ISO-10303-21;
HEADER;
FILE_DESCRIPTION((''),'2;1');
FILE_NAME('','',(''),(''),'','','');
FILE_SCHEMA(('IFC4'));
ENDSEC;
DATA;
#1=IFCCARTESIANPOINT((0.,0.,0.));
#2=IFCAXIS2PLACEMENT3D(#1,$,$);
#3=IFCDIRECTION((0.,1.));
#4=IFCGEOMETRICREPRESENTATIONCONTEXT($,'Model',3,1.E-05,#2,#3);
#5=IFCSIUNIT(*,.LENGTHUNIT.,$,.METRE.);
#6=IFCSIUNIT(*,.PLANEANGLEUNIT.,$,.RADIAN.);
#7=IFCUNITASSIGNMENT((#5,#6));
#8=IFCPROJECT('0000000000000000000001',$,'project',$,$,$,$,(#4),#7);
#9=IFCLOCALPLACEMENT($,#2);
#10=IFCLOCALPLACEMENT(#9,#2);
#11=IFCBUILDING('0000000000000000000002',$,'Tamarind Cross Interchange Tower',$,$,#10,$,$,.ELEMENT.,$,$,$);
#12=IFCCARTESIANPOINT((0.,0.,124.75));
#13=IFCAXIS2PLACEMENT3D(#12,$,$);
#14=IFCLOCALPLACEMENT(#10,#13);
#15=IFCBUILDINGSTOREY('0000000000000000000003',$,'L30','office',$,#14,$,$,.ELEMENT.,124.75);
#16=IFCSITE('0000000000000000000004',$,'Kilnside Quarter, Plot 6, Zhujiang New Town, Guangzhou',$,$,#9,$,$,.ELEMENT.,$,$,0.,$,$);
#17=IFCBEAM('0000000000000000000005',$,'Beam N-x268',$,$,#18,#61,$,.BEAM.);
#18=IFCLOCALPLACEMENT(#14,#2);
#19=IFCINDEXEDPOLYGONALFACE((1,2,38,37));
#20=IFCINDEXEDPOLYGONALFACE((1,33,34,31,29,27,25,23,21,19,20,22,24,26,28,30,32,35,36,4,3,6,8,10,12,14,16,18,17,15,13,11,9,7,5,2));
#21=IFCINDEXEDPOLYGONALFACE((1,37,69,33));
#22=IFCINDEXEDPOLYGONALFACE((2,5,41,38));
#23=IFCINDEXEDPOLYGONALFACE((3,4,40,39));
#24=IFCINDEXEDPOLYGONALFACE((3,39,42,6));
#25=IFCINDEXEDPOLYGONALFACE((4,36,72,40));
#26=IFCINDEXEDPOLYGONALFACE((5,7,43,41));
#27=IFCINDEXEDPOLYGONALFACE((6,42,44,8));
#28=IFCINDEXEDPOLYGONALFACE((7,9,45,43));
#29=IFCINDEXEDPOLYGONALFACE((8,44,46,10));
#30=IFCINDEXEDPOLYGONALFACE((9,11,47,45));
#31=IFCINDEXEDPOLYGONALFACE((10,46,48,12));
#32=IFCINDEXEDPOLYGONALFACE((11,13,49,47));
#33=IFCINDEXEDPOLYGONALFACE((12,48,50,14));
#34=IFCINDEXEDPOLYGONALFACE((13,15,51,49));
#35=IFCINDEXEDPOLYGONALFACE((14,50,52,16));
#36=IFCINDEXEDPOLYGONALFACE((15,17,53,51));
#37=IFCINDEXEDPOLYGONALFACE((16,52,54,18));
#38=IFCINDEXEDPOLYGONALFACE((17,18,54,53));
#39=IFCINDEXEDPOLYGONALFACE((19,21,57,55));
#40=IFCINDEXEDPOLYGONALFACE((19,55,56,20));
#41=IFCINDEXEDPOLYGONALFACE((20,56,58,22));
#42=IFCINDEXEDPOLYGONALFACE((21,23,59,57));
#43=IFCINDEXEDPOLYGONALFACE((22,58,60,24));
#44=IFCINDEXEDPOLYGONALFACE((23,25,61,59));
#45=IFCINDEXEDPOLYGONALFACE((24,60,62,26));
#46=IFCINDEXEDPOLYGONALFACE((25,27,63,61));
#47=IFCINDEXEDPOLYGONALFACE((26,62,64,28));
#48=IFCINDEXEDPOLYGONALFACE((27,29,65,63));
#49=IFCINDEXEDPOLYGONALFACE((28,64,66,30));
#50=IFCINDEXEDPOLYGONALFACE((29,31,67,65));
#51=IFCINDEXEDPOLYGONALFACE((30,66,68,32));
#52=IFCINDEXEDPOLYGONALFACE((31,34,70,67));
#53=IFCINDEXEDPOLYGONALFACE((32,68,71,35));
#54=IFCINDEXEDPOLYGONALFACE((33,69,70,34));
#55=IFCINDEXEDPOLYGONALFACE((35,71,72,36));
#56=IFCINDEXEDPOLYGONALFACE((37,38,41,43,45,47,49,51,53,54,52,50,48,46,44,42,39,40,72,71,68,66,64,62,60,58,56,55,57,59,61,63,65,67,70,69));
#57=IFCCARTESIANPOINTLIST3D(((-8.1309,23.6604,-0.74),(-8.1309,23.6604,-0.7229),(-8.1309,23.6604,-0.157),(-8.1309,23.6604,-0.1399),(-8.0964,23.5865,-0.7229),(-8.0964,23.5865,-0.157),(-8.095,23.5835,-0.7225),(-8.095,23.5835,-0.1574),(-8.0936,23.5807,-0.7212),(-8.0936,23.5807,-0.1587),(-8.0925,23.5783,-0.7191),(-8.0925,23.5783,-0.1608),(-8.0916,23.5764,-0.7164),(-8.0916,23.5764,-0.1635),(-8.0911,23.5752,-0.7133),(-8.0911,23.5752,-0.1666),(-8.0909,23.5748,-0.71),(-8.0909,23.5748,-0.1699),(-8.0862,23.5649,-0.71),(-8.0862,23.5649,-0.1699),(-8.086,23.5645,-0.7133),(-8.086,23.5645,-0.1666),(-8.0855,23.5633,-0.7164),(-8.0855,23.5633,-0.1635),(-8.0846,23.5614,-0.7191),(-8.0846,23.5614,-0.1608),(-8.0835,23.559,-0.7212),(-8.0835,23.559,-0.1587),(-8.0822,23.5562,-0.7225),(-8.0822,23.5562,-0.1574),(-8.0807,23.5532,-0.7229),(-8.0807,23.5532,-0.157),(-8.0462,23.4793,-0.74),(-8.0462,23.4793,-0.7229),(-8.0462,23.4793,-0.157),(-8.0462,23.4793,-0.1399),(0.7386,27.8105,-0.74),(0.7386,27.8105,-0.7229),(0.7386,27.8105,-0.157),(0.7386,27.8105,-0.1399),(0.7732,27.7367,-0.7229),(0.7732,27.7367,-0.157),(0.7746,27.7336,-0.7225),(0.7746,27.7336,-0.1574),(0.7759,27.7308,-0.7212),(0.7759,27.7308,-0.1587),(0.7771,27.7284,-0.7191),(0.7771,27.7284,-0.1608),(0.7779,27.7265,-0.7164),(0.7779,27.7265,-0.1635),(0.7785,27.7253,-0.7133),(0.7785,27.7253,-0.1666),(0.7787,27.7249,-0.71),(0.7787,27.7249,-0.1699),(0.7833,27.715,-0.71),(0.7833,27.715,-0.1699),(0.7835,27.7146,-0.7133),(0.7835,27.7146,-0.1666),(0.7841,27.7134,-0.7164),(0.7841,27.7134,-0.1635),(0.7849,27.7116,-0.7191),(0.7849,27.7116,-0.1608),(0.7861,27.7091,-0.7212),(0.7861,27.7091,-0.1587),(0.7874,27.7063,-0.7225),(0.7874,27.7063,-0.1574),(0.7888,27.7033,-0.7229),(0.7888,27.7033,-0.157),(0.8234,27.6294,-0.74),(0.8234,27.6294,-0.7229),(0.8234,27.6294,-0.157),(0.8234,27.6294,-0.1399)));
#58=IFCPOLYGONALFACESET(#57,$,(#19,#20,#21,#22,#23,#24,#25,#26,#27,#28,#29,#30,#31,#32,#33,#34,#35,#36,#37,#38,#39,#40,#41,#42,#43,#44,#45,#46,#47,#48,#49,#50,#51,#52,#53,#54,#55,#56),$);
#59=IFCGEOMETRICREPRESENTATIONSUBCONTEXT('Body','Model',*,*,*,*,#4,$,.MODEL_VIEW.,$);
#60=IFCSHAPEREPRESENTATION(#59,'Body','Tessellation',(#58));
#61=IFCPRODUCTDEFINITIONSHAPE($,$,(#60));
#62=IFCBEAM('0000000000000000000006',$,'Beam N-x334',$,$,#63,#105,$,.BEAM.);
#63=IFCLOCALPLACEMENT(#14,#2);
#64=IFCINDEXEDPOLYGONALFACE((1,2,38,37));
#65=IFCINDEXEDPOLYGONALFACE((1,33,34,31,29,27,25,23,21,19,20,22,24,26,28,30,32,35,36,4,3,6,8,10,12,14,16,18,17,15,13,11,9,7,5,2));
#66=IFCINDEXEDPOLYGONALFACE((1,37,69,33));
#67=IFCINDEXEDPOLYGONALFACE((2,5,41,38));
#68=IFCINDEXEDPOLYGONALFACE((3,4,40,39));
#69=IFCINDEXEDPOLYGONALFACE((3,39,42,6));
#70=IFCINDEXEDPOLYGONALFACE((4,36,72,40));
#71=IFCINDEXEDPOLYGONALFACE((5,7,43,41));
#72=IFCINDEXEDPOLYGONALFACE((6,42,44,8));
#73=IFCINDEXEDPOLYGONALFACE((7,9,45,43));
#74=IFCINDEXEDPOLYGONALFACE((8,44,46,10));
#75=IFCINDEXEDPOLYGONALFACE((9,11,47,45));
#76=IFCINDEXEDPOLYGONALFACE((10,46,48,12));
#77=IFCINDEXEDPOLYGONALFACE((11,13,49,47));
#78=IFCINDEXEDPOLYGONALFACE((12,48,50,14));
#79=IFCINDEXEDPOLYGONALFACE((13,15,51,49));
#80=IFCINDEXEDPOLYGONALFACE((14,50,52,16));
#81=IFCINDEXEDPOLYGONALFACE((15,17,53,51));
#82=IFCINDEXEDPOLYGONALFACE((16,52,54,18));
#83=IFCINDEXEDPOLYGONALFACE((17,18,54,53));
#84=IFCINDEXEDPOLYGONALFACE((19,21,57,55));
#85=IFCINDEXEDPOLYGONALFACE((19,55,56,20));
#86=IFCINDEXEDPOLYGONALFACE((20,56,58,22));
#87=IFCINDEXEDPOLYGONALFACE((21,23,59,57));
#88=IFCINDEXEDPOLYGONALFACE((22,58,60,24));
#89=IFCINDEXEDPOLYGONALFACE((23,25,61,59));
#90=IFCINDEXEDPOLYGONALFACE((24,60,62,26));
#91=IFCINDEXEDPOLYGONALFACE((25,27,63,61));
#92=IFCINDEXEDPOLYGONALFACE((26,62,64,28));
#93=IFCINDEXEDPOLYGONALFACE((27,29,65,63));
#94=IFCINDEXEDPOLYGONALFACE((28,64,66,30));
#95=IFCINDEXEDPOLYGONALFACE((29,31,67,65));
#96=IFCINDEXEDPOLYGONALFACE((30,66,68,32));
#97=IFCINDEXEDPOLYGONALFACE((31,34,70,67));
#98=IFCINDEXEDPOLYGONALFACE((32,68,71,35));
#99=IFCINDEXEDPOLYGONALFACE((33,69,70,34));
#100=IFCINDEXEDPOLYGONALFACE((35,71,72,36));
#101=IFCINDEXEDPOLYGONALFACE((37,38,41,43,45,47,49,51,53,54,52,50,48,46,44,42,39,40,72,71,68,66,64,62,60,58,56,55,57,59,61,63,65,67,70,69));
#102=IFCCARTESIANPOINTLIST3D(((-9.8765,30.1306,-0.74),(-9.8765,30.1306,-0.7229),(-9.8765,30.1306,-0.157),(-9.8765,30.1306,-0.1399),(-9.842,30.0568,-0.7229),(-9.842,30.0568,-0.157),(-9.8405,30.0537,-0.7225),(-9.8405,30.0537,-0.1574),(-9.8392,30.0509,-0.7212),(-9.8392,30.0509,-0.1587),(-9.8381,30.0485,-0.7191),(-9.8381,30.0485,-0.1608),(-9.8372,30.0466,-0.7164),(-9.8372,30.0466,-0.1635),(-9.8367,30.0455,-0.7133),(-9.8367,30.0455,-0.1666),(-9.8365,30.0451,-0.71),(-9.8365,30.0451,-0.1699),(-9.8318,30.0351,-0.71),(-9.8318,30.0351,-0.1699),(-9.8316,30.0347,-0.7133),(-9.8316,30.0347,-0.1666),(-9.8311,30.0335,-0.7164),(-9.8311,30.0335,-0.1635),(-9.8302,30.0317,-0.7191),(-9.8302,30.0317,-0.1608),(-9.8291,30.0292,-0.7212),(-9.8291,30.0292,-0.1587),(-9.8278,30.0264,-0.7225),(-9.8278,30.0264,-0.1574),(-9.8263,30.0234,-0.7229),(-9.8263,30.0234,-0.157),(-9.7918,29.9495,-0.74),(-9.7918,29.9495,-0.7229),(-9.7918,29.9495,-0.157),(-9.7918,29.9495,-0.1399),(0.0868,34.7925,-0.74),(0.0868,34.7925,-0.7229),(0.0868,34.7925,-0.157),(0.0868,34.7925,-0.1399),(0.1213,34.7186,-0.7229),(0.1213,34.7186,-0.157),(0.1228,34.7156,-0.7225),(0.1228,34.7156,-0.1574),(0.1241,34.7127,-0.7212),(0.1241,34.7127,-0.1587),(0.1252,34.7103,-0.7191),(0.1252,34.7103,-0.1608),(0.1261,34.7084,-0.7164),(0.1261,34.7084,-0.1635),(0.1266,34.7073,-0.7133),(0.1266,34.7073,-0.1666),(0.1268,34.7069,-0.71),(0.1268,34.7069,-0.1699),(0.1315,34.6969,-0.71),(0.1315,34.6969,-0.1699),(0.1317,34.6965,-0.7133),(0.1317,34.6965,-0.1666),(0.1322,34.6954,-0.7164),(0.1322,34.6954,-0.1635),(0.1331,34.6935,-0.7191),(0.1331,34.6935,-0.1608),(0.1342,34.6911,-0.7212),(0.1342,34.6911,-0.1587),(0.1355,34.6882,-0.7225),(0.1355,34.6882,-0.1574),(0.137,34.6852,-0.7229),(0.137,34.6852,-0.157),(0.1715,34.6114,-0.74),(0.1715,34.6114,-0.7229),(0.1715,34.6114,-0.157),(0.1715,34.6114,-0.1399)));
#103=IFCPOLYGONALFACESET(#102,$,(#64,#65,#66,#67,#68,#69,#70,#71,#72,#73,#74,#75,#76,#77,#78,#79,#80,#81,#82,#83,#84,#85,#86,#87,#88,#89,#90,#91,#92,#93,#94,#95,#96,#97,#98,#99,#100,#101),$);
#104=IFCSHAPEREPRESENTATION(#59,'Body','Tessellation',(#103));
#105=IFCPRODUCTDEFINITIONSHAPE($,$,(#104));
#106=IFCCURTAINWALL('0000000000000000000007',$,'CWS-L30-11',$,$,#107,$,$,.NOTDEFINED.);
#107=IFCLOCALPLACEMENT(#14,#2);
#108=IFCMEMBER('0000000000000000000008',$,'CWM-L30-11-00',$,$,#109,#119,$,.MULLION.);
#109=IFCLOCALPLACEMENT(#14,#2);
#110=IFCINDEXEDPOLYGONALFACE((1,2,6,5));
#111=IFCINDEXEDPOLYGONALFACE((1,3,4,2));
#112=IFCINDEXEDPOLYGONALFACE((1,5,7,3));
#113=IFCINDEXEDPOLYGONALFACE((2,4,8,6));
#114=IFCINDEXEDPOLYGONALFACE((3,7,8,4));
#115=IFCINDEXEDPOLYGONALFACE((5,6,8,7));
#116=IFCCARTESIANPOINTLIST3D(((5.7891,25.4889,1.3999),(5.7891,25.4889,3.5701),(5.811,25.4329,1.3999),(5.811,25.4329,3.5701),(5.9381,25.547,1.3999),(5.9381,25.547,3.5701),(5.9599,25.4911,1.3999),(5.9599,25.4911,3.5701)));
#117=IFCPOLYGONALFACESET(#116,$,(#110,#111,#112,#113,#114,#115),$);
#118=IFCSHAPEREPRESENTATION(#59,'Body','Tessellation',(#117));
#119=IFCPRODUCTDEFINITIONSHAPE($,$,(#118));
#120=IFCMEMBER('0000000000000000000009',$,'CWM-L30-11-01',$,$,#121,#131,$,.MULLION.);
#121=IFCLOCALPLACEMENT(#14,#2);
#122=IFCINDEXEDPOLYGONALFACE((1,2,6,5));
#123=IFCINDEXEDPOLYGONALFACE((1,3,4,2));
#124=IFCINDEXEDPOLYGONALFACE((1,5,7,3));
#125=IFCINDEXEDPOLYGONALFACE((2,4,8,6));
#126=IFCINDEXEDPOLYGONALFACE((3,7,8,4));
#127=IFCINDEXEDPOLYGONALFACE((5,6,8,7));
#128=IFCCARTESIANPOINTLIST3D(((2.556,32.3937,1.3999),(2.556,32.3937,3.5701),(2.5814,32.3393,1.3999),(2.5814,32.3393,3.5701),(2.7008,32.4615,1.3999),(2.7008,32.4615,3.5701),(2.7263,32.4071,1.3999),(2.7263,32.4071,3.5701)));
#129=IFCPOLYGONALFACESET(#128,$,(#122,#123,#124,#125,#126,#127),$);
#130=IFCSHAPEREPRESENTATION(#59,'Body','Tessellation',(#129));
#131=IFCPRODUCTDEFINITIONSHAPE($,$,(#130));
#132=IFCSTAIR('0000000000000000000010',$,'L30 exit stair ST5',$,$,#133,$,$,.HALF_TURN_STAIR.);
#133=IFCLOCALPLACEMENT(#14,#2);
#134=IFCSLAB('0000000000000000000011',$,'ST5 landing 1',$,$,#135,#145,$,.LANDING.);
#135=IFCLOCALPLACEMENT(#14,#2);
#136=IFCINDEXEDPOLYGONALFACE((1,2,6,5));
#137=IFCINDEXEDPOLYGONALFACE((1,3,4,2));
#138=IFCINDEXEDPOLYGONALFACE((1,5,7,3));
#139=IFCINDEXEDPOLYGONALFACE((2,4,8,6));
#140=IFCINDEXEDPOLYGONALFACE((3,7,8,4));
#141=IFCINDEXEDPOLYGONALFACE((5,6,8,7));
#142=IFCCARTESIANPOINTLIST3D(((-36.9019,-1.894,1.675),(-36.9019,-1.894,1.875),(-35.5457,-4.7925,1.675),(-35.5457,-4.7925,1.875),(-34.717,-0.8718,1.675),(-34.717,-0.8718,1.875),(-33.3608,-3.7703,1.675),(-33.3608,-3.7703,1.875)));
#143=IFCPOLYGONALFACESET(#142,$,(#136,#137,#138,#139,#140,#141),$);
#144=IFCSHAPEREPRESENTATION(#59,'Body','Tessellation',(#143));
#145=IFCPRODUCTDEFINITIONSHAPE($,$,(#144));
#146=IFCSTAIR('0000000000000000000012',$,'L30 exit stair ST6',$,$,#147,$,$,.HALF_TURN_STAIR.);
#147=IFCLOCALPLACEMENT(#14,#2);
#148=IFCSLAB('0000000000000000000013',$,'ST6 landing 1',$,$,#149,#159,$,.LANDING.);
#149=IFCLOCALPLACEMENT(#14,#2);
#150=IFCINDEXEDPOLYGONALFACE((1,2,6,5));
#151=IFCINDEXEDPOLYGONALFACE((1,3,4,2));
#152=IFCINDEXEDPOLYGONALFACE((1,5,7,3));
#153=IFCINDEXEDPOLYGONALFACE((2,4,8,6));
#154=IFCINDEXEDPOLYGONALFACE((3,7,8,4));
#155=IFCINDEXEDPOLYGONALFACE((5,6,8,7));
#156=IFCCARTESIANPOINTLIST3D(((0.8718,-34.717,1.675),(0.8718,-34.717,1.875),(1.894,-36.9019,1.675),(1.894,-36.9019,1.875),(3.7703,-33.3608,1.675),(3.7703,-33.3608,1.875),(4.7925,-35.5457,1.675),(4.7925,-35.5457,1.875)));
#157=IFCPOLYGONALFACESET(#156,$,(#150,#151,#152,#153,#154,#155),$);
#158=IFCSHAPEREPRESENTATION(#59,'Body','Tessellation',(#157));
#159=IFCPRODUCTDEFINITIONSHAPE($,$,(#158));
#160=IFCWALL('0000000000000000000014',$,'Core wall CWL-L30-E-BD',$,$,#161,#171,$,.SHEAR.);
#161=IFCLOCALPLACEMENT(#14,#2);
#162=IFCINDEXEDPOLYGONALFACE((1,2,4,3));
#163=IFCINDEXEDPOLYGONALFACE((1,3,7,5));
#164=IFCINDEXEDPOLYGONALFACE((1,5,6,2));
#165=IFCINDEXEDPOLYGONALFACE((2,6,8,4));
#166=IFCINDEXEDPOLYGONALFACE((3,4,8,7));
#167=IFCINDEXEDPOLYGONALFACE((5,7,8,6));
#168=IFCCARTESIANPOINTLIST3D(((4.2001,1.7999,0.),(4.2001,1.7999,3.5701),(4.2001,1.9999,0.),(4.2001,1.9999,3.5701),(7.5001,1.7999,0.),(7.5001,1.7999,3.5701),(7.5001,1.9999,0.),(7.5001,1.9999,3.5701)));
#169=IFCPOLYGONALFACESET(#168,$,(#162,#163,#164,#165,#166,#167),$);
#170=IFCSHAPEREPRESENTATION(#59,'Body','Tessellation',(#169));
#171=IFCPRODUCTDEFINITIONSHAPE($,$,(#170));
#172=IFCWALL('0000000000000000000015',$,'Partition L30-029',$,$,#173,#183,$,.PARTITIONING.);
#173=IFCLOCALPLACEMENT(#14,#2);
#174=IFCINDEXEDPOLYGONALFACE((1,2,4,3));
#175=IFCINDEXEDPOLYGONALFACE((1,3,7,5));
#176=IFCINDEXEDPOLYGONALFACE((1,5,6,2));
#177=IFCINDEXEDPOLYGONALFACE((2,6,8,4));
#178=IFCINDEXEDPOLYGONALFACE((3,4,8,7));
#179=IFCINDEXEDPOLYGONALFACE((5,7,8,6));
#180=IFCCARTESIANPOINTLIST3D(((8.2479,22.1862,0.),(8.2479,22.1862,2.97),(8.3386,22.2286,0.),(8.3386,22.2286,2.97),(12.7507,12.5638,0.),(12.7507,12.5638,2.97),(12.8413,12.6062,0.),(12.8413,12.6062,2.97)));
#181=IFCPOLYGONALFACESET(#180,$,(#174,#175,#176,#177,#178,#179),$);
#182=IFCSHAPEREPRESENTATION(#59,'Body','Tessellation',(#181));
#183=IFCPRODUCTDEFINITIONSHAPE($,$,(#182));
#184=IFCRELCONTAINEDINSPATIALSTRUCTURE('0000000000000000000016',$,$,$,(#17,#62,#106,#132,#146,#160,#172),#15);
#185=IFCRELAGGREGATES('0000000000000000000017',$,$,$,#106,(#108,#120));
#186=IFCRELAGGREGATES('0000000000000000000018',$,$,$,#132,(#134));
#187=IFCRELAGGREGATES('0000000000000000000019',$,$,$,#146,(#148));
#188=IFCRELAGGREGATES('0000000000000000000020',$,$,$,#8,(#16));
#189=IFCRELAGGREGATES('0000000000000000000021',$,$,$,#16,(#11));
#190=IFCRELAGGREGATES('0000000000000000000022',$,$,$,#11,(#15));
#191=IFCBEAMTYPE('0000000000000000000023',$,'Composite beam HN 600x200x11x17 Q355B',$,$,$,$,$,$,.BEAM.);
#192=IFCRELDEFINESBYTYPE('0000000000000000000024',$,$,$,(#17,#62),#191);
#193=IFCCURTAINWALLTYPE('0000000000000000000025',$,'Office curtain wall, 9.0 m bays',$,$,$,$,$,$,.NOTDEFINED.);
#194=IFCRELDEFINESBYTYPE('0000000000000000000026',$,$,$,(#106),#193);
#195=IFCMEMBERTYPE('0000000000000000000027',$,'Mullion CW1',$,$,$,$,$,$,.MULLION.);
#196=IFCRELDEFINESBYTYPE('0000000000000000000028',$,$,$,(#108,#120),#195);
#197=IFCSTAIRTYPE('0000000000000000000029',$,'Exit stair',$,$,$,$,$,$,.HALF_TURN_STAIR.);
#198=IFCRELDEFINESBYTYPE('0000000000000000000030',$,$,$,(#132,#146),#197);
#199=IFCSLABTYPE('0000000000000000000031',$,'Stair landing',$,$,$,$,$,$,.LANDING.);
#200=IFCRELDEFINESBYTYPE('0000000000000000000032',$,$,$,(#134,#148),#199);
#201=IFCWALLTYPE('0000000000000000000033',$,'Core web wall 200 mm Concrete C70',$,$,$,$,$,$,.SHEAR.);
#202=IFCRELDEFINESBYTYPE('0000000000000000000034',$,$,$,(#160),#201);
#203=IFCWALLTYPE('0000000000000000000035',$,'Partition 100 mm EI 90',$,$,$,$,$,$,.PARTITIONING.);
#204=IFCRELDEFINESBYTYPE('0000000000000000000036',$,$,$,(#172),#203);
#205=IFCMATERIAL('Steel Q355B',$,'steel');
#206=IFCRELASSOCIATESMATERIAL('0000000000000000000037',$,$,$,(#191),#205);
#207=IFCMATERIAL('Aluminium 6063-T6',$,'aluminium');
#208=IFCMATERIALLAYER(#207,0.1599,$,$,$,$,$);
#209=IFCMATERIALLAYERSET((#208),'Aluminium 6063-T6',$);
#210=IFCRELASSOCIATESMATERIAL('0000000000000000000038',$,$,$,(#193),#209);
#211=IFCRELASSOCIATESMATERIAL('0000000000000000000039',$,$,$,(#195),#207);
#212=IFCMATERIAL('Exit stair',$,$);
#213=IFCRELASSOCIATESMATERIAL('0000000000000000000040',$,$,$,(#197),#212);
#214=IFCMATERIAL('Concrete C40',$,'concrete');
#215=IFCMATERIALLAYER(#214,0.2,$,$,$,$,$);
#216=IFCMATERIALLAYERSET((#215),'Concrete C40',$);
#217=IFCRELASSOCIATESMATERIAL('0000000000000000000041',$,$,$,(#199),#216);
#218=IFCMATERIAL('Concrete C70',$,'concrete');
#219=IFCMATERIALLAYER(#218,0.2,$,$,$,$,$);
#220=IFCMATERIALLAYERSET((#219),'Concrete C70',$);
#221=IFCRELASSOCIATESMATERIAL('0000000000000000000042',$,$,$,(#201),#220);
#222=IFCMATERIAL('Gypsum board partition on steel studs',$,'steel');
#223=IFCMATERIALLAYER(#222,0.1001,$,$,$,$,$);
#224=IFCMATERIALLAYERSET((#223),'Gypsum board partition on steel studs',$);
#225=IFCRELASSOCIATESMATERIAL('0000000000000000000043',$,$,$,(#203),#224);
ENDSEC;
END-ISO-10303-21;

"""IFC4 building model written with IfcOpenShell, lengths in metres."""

from ifc_helpers import new_model, si_unit, direction, frame, frame_2d, origin, origin_2d, place, context, subcontext, project, spatial, polyline, rectangle, i_section, outline, extrude, material, layer, layer_set, material_profile, profile_set, type_object, element, aggregate, save


model = new_model("IFC4")

# Units and contexts
model_context = context("Model", 3, precision=1e-05, world=origin(), true_north=direction((0.0, 1.0)))
body_context = subcontext(model_context, "Body", "Model", "MODEL_VIEW")
ifc_project = project(units=[si_unit("LENGTHUNIT", "METRE"), si_unit("PLANEANGLEUNIT", "RADIAN")], contexts=[model_context])

# Site, building, storey
site_placement = place(None, origin())
site = spatial("IfcSite", under=ifc_project, at=site_placement, Name="Kilnside Quarter, Plot 6, Zhujiang New Town, Guangzhou", CompositionType="ELEMENT", RefElevation=0.0)
building_placement = place(site_placement, origin())
building = spatial("IfcBuilding", under=site, at=building_placement, Name="Tamarind Cross Interchange Tower", CompositionType="ELEMENT")
storey_placement = place(building_placement, frame((0.0, 0.0, 124.75)))
storey = spatial("IfcBuildingStorey", under=building, at=storey_placement, Name="L30", Description="office", CompositionType="ELEMENT", Elevation=124.75)

# Beams
ifc_material_1 = material(Name="Steel Q355B", Category="steel")
ifc_material_profile_1 = material_profile(ifc_material_1, i_section(OverallWidth=0.2, OverallDepth=0.6001, WebThickness=0.011, FlangeThickness=0.0171, FilletRadius=0.0129, at=origin_2d()), Name="HN 600x200x11x17")
ifc_profile_set_1 = profile_set([ifc_material_profile_1], Name="Steel Q355B")
beam_type_1 = type_object("IfcBeamType", Name="Composite beam HN 600x200x11x17 Q355B", PredefinedType="BEAM", material=ifc_profile_set_1)
beam_1_placement = place(storey_placement, frame((0.781, 27.72, -0.4399), z_axis=(-0.905753, -0.423807, 0.0), x_axis=(0.423807, -0.905753, 0.0)))
element("IfcBeam", 1, at=beam_1_placement, inside=storey, type_object=beam_type_1, Name="Beam N-x268", PredefinedType="BEAM", context=body_context, shape_type="SweptSolid", body=[
    extrude(i_section(OverallWidth=0.2, OverallDepth=0.6001, WebThickness=0.011, FlangeThickness=0.0171, FilletRadius=0.0129, at=origin_2d()), origin(), (0.0, 0.0, 1.0), 9.7925),
])
beam_2_placement = place(storey_placement, frame((0.1292, 34.7019, -0.4399), z_axis=(-0.905755, -0.423803, 0.0), x_axis=(0.423803, -0.905755, 0.0)))
element("IfcBeam", 2, at=beam_2_placement, inside=storey, type_object=beam_type_1, Name="Beam N-x334", PredefinedType="BEAM", context=body_context, shape_type="SweptSolid", body=[
    extrude(i_section(OverallWidth=0.2, OverallDepth=0.6001, WebThickness=0.011, FlangeThickness=0.0171, FilletRadius=0.0129, at=origin_2d()), origin(), (0.0, 0.0, 1.0), 11.0),
])

# Curtain wall, members
ifc_material_2 = material(Name="Aluminium 6063-T6", Category="aluminium")
ifc_layer_1 = layer(ifc_material_2, 0.1599)
ifc_layer_set_1 = layer_set([ifc_layer_1], Name="Aluminium 6063-T6")
curtain_wall_type = type_object("IfcCurtainWallType", Name="Office curtain wall, 9.0 m bays", PredefinedType="NOTDEFINED", material=ifc_layer_set_1)
curtain_wall_placement = place(storey_placement, origin())
curtain_wall = element("IfcCurtainWall", 3, at=curtain_wall_placement, inside=storey, type_object=curtain_wall_type, Name="CWS-L30-11", PredefinedType="NOTDEFINED")
ifc_material_profile_2 = material_profile(ifc_material_2, rectangle(XDim=0.0601, YDim=0.1599, at=origin_2d()), Name="Mullion CW1")
ifc_profile_set_2 = profile_set([ifc_material_profile_2], Name="Aluminium 6063-T6")
member_type = type_object("IfcMemberType", Name="Mullion CW1", PredefinedType="MULLION", material=ifc_profile_set_2)
member_1_placement = place(storey_placement, frame((5.8745, 25.49, 1.3999), z_axis=(0.0, 0.0, 1.0), x_axis=(-0.363661, 0.931531, 0.0)))
member_1 = element("IfcMember", 4, at=member_1_placement, type_object=member_type, Name="CWM-L30-11-00", PredefinedType="MULLION", context=body_context, shape_type="SweptSolid", body=[
    extrude(rectangle(XDim=0.0601, YDim=0.1599, at=origin_2d()), origin(), (0.0, 0.0, 1.0), 2.1702),
])
member_2_placement = place(storey_placement, frame((2.6411, 32.4004, 1.3999), z_axis=(0.0, 0.0, 1.0), x_axis=(-0.423807, 0.905752, 0.0)))
member_2 = element("IfcMember", 5, at=member_2_placement, type_object=member_type, Name="CWM-L30-11-01", PredefinedType="MULLION", context=body_context, shape_type="SweptSolid", body=[
    extrude(rectangle(XDim=0.0601, YDim=0.1599, at=origin_2d()), origin(), (0.0, 0.0, 1.0), 2.1702),
])
aggregate(curtain_wall, [member_1, member_2])

# Stairs, slabs
ifc_material_3 = material(Name="Exit stair")
stair_type = type_object("IfcStairType", Name="Exit stair", PredefinedType="HALF_TURN_STAIR", material=ifc_material_3)
stair_1_placement = place(storey_placement, origin())
stair_1 = element("IfcStair", 6, at=stair_1_placement, inside=storey, type_object=stair_type, Name="L30 exit stair ST5", PredefinedType="HALF_TURN_STAIR")
ifc_material_4 = material(Name="Concrete C40", Category="concrete")
ifc_layer_2 = layer(ifc_material_4, 0.2)
ifc_layer_set_2 = layer_set([ifc_layer_2], Name="Concrete C40")
slab_type = type_object("IfcSlabType", Name="Stair landing", PredefinedType="LANDING", material=ifc_layer_set_2)
slab_1_placement = place(storey_placement, frame((0.0, 0.0, 1.675)))
slab_1 = element("IfcSlab", 7, at=slab_1_placement, type_object=slab_type, Name="ST5 landing 1", PredefinedType="LANDING", context=body_context, shape_type="SweptSolid", body=[
    extrude(outline(polyline([(-34.717, -0.8718), (-36.9019, -1.894), (-35.5457, -4.7925), (-33.3608, -3.7703), (-34.717, -0.8718)])), origin(), (0.0, 0.0, 1.0), 0.2),
])
aggregate(stair_1, [slab_1])
stair_2_placement = place(storey_placement, origin())
stair_2 = element("IfcStair", 8, at=stair_2_placement, inside=storey, type_object=stair_type, Name="L30 exit stair ST6", PredefinedType="HALF_TURN_STAIR")
slab_2_placement = place(storey_placement, frame((0.0, 0.0, 1.675)))
slab_2 = element("IfcSlab", 9, at=slab_2_placement, type_object=slab_type, Name="ST6 landing 1", PredefinedType="LANDING", context=body_context, shape_type="SweptSolid", body=[
    extrude(outline(polyline([(0.8718, -34.717), (1.894, -36.9019), (4.7925, -35.5457), (3.7703, -33.3608), (0.8718, -34.717)])), origin(), (0.0, 0.0, 1.0), 0.2),
])
aggregate(stair_2, [slab_2])

# Walls
ifc_material_5 = material(Name="Concrete C70", Category="concrete")
ifc_layer_3 = layer(ifc_material_5, 0.2)
ifc_layer_set_3 = layer_set([ifc_layer_3], Name="Concrete C70")
wall_type_1 = type_object("IfcWallType", Name="Core web wall 200 mm Concrete C70", PredefinedType="SHEAR", material=ifc_layer_set_3)
wall_1_placement = place(storey_placement, frame((7.5, 1.8999, 0.0), z_axis=(0.0, 0.0, 1.0), x_axis=(-1.0, 0.0, 0.0)))
element("IfcWall", 10, at=wall_1_placement, inside=storey, type_object=wall_type_1, Name="Core wall CWL-L30-E-BD", PredefinedType="SHEAR", context=body_context, shape_type="SweptSolid", body=[
    extrude(rectangle(XDim=3.3, YDim=0.2, at=frame_2d((1.6499, 0.0))), origin(), (0.0, 0.0, 1.0), 3.5701),
])
ifc_material_6 = material(Name="Gypsum board partition on steel studs", Category="steel")
ifc_layer_4 = layer(ifc_material_6, 0.1001)
ifc_layer_set_4 = layer_set([ifc_layer_4], Name="Gypsum board partition on steel studs")
wall_type_2 = type_object("IfcWallType", Name="Partition 100 mm EI 90", PredefinedType="PARTITIONING", material=ifc_layer_set_4)
wall_2_placement = place(storey_placement, frame((8.2932, 22.2075, 0.0), z_axis=(0.0, 0.0, 1.0), x_axis=(0.423834, -0.90574, 0.0)))
element("IfcWall", 11, at=wall_2_placement, inside=storey, type_object=wall_type_2, Name="Partition L30-029", PredefinedType="PARTITIONING", context=body_context, shape_type="SweptSolid", body=[
    extrude(rectangle(XDim=10.6238, YDim=0.1001, at=frame_2d((5.312, 0.0))), origin(), (0.0, 0.0, 1.0), 2.97),
])

save(model, "model.ifc")
